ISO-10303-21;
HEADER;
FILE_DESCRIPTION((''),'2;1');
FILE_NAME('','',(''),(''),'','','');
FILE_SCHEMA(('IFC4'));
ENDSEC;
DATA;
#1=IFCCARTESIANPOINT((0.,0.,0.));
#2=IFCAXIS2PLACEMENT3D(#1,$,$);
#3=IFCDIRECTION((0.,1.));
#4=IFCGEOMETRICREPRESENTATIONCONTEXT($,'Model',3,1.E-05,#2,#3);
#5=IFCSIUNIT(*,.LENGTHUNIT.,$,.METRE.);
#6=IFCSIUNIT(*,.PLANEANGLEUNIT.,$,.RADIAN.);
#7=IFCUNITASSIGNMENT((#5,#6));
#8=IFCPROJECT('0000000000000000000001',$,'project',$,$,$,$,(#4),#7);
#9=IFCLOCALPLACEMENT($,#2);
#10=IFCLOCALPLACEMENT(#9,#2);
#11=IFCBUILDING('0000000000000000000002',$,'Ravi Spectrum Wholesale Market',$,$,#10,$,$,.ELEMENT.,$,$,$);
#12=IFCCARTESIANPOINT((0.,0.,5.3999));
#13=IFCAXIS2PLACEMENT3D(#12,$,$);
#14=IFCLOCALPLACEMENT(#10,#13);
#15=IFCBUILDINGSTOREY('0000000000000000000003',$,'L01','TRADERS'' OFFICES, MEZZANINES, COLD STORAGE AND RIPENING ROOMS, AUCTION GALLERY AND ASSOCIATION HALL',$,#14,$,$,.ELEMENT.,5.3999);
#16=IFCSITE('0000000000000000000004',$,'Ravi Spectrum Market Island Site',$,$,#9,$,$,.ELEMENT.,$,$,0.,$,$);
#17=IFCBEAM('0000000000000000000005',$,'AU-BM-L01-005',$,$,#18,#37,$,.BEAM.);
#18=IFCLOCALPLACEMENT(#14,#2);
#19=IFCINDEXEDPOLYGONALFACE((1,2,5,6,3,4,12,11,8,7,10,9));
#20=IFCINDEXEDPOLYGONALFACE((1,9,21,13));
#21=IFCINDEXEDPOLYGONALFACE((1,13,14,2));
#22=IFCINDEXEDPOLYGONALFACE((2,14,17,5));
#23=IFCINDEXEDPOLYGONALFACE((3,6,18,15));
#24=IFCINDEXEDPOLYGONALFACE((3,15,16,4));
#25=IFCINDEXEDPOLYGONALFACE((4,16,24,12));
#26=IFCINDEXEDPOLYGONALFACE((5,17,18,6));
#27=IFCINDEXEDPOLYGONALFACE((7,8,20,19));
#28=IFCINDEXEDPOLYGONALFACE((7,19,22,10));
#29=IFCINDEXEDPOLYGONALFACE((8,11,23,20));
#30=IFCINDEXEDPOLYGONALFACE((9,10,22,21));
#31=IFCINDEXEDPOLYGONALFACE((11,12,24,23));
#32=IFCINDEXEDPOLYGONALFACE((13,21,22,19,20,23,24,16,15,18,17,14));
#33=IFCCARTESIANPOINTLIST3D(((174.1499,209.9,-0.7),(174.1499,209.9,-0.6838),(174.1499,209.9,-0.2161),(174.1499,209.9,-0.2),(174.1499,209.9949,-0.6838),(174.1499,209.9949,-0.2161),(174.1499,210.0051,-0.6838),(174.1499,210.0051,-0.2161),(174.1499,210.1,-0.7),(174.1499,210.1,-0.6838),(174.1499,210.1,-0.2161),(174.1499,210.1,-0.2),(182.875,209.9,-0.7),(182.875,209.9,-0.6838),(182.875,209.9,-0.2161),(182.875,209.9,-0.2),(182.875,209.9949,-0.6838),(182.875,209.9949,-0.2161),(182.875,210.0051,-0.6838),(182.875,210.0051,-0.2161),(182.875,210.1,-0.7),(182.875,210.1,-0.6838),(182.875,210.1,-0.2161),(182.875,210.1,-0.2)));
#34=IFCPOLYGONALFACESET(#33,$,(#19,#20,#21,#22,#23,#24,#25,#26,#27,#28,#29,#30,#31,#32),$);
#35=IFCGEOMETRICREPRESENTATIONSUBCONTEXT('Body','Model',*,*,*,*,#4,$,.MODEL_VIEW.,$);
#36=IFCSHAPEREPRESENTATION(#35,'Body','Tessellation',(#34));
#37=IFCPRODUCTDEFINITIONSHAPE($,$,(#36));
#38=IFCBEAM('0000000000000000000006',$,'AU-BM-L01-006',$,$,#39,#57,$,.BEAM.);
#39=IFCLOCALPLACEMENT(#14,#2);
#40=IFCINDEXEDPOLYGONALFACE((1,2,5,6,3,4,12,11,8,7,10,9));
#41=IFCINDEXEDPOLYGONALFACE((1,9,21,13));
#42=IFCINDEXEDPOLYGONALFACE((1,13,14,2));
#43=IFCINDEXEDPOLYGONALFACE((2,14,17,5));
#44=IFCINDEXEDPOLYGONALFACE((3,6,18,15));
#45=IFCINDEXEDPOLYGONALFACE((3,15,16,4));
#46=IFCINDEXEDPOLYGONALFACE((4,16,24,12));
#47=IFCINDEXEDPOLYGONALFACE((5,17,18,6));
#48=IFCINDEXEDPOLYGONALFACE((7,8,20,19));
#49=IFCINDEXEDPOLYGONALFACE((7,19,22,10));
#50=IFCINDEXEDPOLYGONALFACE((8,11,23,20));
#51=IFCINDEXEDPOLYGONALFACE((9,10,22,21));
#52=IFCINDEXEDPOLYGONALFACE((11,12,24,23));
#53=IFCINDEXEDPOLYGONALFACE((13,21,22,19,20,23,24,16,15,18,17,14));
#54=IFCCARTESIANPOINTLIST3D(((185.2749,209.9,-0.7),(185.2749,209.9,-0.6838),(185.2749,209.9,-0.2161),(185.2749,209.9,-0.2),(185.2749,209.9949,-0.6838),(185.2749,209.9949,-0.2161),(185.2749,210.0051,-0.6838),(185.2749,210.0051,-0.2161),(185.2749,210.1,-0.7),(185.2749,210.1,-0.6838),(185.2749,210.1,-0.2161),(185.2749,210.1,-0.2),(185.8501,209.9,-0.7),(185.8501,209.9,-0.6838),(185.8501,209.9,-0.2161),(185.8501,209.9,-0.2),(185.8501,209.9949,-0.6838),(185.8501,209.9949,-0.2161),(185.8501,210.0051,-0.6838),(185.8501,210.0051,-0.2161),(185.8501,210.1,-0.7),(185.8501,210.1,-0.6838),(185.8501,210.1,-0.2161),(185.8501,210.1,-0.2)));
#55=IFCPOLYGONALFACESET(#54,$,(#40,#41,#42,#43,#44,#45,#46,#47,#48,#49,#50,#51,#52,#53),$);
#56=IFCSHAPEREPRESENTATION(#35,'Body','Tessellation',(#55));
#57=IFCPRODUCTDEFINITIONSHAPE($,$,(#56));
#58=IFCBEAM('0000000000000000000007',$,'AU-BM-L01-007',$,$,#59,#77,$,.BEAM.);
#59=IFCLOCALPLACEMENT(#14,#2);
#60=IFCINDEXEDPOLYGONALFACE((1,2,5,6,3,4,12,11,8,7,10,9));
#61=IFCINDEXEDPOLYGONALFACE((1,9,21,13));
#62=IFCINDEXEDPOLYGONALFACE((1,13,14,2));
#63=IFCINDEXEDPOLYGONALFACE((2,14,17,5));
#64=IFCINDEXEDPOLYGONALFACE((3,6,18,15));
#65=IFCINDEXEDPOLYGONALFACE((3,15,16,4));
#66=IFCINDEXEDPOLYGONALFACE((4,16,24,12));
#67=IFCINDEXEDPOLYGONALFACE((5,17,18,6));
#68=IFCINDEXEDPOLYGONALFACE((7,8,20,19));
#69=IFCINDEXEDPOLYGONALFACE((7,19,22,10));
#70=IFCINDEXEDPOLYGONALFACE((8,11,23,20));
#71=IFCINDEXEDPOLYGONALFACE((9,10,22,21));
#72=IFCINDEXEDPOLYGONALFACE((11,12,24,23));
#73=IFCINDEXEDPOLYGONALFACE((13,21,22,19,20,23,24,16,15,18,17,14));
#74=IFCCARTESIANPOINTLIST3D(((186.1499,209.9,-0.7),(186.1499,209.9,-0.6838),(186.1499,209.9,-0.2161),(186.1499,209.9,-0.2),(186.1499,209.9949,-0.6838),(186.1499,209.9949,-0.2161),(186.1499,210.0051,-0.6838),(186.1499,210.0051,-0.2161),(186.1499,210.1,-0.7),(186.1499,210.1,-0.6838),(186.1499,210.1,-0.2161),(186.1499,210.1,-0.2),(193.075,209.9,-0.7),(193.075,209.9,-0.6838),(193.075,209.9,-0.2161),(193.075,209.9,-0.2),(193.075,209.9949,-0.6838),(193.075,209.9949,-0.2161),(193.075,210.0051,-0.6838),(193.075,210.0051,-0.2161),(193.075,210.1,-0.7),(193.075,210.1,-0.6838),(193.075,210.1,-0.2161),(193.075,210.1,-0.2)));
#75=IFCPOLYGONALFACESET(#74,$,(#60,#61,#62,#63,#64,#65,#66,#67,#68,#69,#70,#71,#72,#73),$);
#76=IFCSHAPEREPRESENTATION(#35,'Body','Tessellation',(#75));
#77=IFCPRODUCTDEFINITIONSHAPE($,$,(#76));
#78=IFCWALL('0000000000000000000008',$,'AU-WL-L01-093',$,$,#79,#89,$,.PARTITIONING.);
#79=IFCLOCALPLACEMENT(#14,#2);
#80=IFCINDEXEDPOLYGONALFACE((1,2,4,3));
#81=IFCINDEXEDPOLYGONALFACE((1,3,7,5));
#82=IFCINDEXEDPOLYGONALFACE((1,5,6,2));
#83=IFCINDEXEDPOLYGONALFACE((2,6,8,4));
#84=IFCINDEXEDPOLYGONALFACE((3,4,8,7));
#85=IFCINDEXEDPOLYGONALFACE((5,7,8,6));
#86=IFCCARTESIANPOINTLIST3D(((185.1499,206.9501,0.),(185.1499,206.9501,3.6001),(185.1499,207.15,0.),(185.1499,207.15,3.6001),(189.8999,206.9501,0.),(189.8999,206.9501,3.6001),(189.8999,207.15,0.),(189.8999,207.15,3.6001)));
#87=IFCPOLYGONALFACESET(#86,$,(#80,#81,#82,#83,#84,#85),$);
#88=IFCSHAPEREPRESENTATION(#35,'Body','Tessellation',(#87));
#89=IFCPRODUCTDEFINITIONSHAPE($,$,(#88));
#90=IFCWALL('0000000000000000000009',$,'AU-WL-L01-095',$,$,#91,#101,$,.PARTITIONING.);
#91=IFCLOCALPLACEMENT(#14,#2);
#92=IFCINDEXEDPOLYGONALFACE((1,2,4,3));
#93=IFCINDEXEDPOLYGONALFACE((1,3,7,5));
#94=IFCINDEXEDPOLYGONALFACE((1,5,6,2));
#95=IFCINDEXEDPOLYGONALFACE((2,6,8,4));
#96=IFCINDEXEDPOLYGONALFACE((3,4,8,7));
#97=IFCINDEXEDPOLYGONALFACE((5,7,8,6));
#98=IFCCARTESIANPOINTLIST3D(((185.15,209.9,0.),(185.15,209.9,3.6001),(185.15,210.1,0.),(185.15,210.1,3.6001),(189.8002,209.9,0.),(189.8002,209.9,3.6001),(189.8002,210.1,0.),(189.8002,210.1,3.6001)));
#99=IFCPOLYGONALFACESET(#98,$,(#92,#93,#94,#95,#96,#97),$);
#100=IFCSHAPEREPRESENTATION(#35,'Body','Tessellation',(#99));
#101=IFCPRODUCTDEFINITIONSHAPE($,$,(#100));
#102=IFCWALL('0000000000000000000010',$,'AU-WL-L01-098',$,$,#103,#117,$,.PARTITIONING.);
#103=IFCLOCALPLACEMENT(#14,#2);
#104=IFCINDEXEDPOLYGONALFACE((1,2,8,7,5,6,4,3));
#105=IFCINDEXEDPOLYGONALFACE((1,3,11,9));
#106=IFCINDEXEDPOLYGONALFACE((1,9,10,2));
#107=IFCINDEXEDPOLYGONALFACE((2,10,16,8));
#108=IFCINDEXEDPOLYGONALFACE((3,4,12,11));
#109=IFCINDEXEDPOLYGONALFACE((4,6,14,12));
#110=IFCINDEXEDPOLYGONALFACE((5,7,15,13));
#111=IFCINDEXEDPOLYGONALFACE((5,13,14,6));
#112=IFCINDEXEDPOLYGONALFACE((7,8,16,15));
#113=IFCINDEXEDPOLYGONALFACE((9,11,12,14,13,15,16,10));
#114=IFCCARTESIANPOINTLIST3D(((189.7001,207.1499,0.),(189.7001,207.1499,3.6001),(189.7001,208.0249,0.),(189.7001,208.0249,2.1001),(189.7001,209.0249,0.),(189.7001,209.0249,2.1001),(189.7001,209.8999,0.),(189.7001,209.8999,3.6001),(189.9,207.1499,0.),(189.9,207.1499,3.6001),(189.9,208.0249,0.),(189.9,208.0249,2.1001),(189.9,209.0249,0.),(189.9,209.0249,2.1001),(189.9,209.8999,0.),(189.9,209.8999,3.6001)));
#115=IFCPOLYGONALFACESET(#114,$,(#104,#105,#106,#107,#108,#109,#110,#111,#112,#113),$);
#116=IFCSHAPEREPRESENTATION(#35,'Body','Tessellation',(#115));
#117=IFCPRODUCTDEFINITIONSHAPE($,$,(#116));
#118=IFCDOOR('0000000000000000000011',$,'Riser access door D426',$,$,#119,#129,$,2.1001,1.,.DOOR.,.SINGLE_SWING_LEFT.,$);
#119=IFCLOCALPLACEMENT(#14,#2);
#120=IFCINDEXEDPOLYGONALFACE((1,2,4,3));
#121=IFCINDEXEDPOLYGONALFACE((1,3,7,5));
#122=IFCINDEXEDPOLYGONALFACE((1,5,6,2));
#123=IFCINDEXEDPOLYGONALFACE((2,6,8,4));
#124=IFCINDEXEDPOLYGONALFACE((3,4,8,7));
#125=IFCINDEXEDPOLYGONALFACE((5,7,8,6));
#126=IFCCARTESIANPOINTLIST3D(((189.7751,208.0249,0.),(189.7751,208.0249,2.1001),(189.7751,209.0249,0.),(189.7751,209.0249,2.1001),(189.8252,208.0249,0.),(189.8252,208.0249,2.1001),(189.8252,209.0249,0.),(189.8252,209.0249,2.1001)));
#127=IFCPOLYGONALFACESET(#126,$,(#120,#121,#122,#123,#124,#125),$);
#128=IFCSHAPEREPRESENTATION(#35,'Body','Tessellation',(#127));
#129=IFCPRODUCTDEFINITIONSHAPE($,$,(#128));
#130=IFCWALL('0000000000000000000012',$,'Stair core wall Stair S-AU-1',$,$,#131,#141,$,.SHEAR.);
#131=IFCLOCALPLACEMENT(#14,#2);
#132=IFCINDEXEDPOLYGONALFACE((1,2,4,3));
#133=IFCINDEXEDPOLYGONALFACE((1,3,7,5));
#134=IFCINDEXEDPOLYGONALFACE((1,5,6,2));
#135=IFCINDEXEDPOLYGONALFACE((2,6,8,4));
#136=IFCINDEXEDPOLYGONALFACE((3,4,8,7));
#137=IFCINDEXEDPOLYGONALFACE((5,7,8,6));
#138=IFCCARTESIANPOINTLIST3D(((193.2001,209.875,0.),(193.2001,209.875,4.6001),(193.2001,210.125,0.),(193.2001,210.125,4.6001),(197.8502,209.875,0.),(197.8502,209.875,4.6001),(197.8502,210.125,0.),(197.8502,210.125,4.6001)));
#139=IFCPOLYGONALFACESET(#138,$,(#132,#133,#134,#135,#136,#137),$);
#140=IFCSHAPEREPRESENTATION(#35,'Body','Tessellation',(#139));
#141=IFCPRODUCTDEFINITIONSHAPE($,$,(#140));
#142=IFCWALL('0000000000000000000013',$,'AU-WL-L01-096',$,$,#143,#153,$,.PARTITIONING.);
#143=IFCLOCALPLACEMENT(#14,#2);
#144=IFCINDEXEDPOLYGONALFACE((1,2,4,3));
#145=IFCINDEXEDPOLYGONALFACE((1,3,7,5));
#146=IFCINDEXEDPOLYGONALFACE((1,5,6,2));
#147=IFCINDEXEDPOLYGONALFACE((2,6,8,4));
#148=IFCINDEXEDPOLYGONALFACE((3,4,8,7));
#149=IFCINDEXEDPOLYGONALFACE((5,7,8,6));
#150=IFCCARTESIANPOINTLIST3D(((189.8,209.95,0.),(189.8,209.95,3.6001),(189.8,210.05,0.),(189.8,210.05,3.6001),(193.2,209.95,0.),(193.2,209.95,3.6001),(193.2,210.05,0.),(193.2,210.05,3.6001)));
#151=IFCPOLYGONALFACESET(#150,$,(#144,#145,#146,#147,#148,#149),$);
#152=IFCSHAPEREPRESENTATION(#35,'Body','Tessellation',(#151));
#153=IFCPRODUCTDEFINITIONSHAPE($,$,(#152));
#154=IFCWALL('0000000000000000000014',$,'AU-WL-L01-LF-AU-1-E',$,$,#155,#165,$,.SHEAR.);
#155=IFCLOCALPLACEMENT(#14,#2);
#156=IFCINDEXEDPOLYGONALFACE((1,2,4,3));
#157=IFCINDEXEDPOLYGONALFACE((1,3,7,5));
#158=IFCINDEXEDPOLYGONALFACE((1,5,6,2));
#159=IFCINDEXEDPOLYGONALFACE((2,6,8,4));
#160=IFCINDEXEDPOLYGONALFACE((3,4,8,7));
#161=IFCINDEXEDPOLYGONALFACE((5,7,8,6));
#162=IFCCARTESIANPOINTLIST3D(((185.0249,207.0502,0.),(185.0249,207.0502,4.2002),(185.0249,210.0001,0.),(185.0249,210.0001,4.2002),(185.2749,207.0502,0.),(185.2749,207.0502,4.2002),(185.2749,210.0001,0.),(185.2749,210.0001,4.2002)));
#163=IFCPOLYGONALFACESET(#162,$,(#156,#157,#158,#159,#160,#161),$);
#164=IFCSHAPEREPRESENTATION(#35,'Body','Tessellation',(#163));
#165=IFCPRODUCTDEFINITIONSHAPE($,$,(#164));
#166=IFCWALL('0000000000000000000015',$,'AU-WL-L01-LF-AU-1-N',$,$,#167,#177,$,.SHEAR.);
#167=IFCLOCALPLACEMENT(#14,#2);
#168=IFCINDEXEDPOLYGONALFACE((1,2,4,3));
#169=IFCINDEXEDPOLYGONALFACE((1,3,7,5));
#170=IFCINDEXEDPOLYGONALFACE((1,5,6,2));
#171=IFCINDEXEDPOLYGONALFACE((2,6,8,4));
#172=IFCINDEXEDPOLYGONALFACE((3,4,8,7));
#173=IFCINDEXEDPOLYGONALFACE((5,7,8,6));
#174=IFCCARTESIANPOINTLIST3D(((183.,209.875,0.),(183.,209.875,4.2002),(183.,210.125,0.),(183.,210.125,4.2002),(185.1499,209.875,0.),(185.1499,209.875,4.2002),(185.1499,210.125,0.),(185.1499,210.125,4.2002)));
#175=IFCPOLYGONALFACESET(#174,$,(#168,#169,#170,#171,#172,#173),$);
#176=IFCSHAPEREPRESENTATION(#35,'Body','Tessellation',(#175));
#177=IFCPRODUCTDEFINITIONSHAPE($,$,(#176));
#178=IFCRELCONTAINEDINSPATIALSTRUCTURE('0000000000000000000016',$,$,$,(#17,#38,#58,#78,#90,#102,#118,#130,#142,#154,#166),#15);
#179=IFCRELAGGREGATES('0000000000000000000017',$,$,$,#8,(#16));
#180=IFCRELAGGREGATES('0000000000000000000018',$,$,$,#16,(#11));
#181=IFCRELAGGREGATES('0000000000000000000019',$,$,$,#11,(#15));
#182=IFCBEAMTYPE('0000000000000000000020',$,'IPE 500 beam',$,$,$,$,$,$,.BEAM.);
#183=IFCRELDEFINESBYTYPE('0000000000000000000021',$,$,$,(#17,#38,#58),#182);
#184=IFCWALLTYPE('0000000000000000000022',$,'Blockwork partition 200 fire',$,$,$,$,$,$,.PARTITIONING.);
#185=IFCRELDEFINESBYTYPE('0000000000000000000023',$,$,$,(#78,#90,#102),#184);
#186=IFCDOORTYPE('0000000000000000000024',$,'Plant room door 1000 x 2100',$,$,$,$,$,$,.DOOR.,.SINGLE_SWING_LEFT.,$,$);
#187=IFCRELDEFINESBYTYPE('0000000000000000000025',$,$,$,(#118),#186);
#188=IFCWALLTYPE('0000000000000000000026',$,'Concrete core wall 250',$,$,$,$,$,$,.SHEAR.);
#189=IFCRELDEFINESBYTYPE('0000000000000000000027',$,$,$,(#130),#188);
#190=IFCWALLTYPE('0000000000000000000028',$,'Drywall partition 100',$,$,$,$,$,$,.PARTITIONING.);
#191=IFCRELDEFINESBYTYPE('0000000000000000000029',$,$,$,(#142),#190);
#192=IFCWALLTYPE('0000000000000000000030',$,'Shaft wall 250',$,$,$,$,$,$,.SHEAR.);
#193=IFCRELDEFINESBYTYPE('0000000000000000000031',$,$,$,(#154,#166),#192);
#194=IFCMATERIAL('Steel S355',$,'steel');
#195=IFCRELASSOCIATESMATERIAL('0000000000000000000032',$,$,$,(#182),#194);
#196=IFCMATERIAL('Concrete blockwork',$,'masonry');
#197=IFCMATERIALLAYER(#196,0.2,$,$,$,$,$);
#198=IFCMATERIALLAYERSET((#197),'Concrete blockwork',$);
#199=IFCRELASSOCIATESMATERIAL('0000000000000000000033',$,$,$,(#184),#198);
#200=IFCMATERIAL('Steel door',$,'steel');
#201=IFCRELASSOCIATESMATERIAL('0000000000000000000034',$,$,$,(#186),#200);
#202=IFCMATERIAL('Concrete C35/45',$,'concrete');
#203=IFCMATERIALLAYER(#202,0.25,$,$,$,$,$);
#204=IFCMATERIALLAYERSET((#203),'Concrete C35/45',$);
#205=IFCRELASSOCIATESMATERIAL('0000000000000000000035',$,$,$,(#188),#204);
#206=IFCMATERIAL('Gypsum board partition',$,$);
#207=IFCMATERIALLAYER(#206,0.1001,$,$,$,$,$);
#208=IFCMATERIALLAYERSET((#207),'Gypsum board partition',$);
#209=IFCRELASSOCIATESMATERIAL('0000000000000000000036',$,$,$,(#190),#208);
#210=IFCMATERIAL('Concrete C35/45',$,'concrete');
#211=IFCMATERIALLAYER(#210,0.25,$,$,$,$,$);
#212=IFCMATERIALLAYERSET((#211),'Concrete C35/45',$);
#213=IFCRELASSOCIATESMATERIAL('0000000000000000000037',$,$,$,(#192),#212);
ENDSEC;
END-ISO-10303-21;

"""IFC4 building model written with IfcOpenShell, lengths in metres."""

from ifc_helpers import new_model, si_unit, direction, frame, frame_2d, origin, origin_2d, place, context, subcontext, project, spatial, rectangle, i_section, extrude, material, layer, layer_set, material_profile, profile_set, type_object, element, fill, save


model = new_model("IFC4")

# Units and contexts
model_context = context("Model", 3, precision=1e-05, world=origin(), true_north=direction((0.0, 1.0)))
body_context = subcontext(model_context, "Body", "Model", "MODEL_VIEW")
ifc_project = project(units=[si_unit("LENGTHUNIT", "METRE"), si_unit("PLANEANGLEUNIT", "RADIAN")], contexts=[model_context])

# Site, building, storey
site_placement = place(None, origin())
site = spatial("IfcSite", under=ifc_project, at=site_placement, Name="Ravi Spectrum Market Island Site", CompositionType="ELEMENT", RefElevation=0.0)
building_placement = place(site_placement, origin())
building = spatial("IfcBuilding", under=site, at=building_placement, Name="Ravi Spectrum Wholesale Market", CompositionType="ELEMENT")
storey_placement = place(building_placement, frame((0.0, 0.0, 5.3999)))
storey = spatial("IfcBuildingStorey", under=building, at=storey_placement, Name="L01", Description="TRADERS' OFFICES, MEZZANINES, COLD STORAGE AND RIPENING ROOMS, AUCTION GALLERY AND ASSOCIATION HALL", CompositionType="ELEMENT", Elevation=5.3999)

# Beams
ifc_material_1 = material(Name="Steel S355", Category="steel")
ifc_material_profile_1 = material_profile(ifc_material_1, i_section(OverallWidth=0.2, OverallDepth=0.5, WebThickness=0.0103, FlangeThickness=0.0161, at=origin_2d()))
ifc_profile_set_1 = profile_set([ifc_material_profile_1], Name="Steel S355")
beam_type_1 = type_object("IfcBeamType", Name="IPE 500 beam", PredefinedType="BEAM", material=ifc_profile_set_1)
beam_1_placement = place(storey_placement, frame((174.1499, 210.0, -0.45), z_axis=(1.0, 0.0, 0.0), x_axis=(0.0, 1.0, 0.0)))
element("IfcBeam", 1, at=beam_1_placement, inside=storey, type_object=beam_type_1, Name="AU-BM-L01-005", PredefinedType="BEAM", context=body_context, shape_type="SweptSolid", body=[
    extrude(i_section(OverallWidth=0.2, OverallDepth=0.5, WebThickness=0.0103, FlangeThickness=0.0161, at=origin_2d()), origin(), (0.0, 0.0, 1.0), 8.7251),
])
beam_2_placement = place(storey_placement, frame((185.2749, 210.0, -0.45), z_axis=(1.0, 0.0, 0.0), x_axis=(0.0, 1.0, 0.0)))
element("IfcBeam", 2, at=beam_2_placement, inside=storey, type_object=beam_type_1, Name="AU-BM-L01-006", PredefinedType="BEAM", context=body_context, shape_type="SweptSolid", body=[
    extrude(i_section(OverallWidth=0.2, OverallDepth=0.5, WebThickness=0.0103, FlangeThickness=0.0161, at=origin_2d()), origin(), (0.0, 0.0, 1.0), 0.5752),
])
beam_3_placement = place(storey_placement, frame((186.1499, 210.0, -0.45), z_axis=(1.0, 0.0, 0.0), x_axis=(0.0, 1.0, 0.0)))
element("IfcBeam", 3, at=beam_3_placement, inside=storey, type_object=beam_type_1, Name="AU-BM-L01-007", PredefinedType="BEAM", context=body_context, shape_type="SweptSolid", body=[
    extrude(i_section(OverallWidth=0.2, OverallDepth=0.5, WebThickness=0.0103, FlangeThickness=0.0161, at=origin_2d()), origin(), (0.0, 0.0, 1.0), 6.925),
])

# Walls
ifc_material_2 = material(Name="Concrete blockwork", Category="masonry")
ifc_layer_1 = layer(ifc_material_2, 0.2)
ifc_layer_set_1 = layer_set([ifc_layer_1], Name="Concrete blockwork")
wall_type_1 = type_object("IfcWallType", Name="Blockwork partition 200 fire", PredefinedType="PARTITIONING", material=ifc_layer_set_1)
wall_1_placement = place(storey_placement, frame((185.1499, 207.05, 0.0), z_axis=(0.0, 0.0, 1.0), x_axis=(1.0, 0.0, 0.0)))
element("IfcWall", 4, at=wall_1_placement, inside=storey, type_object=wall_type_1, Name="AU-WL-L01-093", PredefinedType="PARTITIONING", context=body_context, shape_type="SweptSolid", body=[
    extrude(rectangle(XDim=4.75, YDim=0.2, at=frame_2d((2.375, 0.0))), origin(), (0.0, 0.0, 1.0), 3.6001),
])
wall_2_placement = place(storey_placement, frame((185.1499, 210.0, 0.0), z_axis=(0.0, 0.0, 1.0), x_axis=(1.0, 0.0, 0.0)))
element("IfcWall", 5, at=wall_2_placement, inside=storey, type_object=wall_type_1, Name="AU-WL-L01-095", PredefinedType="PARTITIONING", context=body_context, shape_type="SweptSolid", body=[
    extrude(rectangle(XDim=4.6501, YDim=0.2, at=frame_2d((2.3252, 0.0))), origin(), (0.0, 0.0, 1.0), 3.6001),
])

# Wall, opening, door
wall_3_placement = place(storey_placement, frame((189.8, 207.1499, 0.0), z_axis=(0.0, 0.0, 1.0), x_axis=(0.0, 1.0, 0.0)))
wall_3 = element("IfcWall", 6, at=wall_3_placement, inside=storey, type_object=wall_type_1, Name="AU-WL-L01-098", PredefinedType="PARTITIONING", context=body_context, shape_type="SweptSolid", body=[
    extrude(rectangle(XDim=2.75, YDim=0.2, at=frame_2d((1.375, 0.0))), origin(), (0.0, 0.0, 1.0), 3.6001),
])
opening_1_placement = place(wall_3_placement, frame((0.875, 0.0, 0.0)))
opening_1 = element("IfcOpeningElement", 7, at=opening_1_placement, cuts=wall_3, PredefinedType="OPENING", context=body_context, shape_type="SweptSolid", body=[
    extrude(rectangle(XDim=1.0, YDim=2.1001, at=frame_2d((0.5, 1.05))), frame((0.0, 0.1099, 0.0), z_axis=(0.0, -1.0, 0.0), x_axis=(1.0, 0.0, 0.0)), (0.0, 0.0, 1.0), 0.22),
])
ifc_material_3 = material(Name="Steel door", Category="steel")
door_type_1 = type_object("IfcDoorType", Name="Plant room door 1000 x 2100", OperationType="SINGLE_SWING_LEFT", PredefinedType="DOOR", material=ifc_material_3)
door_1_placement = place(opening_1_placement, origin())
door_1 = element("IfcDoor", 8, at=door_1_placement, inside=storey, type_object=door_type_1, Name="Riser access door D426", OperationType="SINGLE_SWING_LEFT", OverallHeight=2.1001, OverallWidth=1.0, PredefinedType="DOOR", context=body_context, shape_type="SweptSolid", body=[
    extrude(rectangle(XDim=1.0, YDim=2.1001, at=frame_2d((0.5, 1.05))), frame((0.0, 0.0249, 0.0), z_axis=(0.0, -1.0, 0.0), x_axis=(1.0, 0.0, 0.0)), (0.0, 0.0, 1.0), 0.05),
])
fill(opening_1, door_1)

# Walls
ifc_material_4 = material(Name="Concrete C35/45", Category="concrete")
ifc_layer_2 = layer(ifc_material_4, 0.25)
ifc_layer_set_2 = layer_set([ifc_layer_2], Name="Concrete C35/45")
wall_type_2 = type_object("IfcWallType", Name="Concrete core wall 250", PredefinedType="SHEAR", material=ifc_layer_set_2)
wall_4_placement = place(storey_placement, frame((193.2, 210.0, 0.0), z_axis=(0.0, 0.0, 1.0), x_axis=(1.0, 0.0, 0.0)))
element("IfcWall", 9, at=wall_4_placement, inside=storey, type_object=wall_type_2, Name="Stair core wall Stair S-AU-1", PredefinedType="SHEAR", context=body_context, shape_type="SweptSolid", body=[
    extrude(rectangle(XDim=4.6501, YDim=0.25, at=frame_2d((2.3252, 0.0))), origin(), (0.0, 0.0, 1.0), 4.6001),
])
ifc_material_5 = material(Name="Gypsum board partition")
ifc_layer_3 = layer(ifc_material_5, 0.1001)
ifc_layer_set_3 = layer_set([ifc_layer_3], Name="Gypsum board partition")
wall_type_3 = type_object("IfcWallType", Name="Drywall partition 100", PredefinedType="PARTITIONING", material=ifc_layer_set_3)
wall_5_placement = place(storey_placement, frame((189.8, 210.0, 0.0), z_axis=(0.0, 0.0, 1.0), x_axis=(1.0, 0.0, 0.0)))
element("IfcWall", 10, at=wall_5_placement, inside=storey, type_object=wall_type_3, Name="AU-WL-L01-096", PredefinedType="PARTITIONING", context=body_context, shape_type="SweptSolid", body=[
    extrude(rectangle(XDim=3.3999, YDim=0.1001, at=frame_2d((1.7, 0.0))), origin(), (0.0, 0.0, 1.0), 3.6001),
])
ifc_material_6 = material(Name="Concrete C35/45", Category="concrete")
ifc_layer_4 = layer(ifc_material_6, 0.25)
ifc_layer_set_4 = layer_set([ifc_layer_4], Name="Concrete C35/45")
wall_type_4 = type_object("IfcWallType", Name="Shaft wall 250", PredefinedType="SHEAR", material=ifc_layer_set_4)
wall_6_placement = place(storey_placement, frame((185.1499, 207.05, 0.0), z_axis=(0.0, 0.0, 1.0), x_axis=(0.0, 1.0, 0.0)))
element("IfcWall", 11, at=wall_6_placement, inside=storey, type_object=wall_type_4, Name="AU-WL-L01-LF-AU-1-E", PredefinedType="SHEAR", context=body_context, shape_type="SweptSolid", body=[
    extrude(rectangle(XDim=2.95, YDim=0.25, at=frame_2d((1.4751, 0.0))), origin(), (0.0, 0.0, 1.0), 4.2002),
])
wall_7_placement = place(storey_placement, frame((185.1499, 210.0, 0.0), z_axis=(0.0, 0.0, 1.0), x_axis=(-1.0, 0.0, 0.0)))
element("IfcWall", 12, at=wall_7_placement, inside=storey, type_object=wall_type_4, Name="AU-WL-L01-LF-AU-1-N", PredefinedType="SHEAR", context=body_context, shape_type="SweptSolid", body=[
    extrude(rectangle(XDim=2.1499, YDim=0.25, at=frame_2d((1.075, 0.0))), origin(), (0.0, 0.0, 1.0), 4.2002),
])

save(model, "model.ifc")
